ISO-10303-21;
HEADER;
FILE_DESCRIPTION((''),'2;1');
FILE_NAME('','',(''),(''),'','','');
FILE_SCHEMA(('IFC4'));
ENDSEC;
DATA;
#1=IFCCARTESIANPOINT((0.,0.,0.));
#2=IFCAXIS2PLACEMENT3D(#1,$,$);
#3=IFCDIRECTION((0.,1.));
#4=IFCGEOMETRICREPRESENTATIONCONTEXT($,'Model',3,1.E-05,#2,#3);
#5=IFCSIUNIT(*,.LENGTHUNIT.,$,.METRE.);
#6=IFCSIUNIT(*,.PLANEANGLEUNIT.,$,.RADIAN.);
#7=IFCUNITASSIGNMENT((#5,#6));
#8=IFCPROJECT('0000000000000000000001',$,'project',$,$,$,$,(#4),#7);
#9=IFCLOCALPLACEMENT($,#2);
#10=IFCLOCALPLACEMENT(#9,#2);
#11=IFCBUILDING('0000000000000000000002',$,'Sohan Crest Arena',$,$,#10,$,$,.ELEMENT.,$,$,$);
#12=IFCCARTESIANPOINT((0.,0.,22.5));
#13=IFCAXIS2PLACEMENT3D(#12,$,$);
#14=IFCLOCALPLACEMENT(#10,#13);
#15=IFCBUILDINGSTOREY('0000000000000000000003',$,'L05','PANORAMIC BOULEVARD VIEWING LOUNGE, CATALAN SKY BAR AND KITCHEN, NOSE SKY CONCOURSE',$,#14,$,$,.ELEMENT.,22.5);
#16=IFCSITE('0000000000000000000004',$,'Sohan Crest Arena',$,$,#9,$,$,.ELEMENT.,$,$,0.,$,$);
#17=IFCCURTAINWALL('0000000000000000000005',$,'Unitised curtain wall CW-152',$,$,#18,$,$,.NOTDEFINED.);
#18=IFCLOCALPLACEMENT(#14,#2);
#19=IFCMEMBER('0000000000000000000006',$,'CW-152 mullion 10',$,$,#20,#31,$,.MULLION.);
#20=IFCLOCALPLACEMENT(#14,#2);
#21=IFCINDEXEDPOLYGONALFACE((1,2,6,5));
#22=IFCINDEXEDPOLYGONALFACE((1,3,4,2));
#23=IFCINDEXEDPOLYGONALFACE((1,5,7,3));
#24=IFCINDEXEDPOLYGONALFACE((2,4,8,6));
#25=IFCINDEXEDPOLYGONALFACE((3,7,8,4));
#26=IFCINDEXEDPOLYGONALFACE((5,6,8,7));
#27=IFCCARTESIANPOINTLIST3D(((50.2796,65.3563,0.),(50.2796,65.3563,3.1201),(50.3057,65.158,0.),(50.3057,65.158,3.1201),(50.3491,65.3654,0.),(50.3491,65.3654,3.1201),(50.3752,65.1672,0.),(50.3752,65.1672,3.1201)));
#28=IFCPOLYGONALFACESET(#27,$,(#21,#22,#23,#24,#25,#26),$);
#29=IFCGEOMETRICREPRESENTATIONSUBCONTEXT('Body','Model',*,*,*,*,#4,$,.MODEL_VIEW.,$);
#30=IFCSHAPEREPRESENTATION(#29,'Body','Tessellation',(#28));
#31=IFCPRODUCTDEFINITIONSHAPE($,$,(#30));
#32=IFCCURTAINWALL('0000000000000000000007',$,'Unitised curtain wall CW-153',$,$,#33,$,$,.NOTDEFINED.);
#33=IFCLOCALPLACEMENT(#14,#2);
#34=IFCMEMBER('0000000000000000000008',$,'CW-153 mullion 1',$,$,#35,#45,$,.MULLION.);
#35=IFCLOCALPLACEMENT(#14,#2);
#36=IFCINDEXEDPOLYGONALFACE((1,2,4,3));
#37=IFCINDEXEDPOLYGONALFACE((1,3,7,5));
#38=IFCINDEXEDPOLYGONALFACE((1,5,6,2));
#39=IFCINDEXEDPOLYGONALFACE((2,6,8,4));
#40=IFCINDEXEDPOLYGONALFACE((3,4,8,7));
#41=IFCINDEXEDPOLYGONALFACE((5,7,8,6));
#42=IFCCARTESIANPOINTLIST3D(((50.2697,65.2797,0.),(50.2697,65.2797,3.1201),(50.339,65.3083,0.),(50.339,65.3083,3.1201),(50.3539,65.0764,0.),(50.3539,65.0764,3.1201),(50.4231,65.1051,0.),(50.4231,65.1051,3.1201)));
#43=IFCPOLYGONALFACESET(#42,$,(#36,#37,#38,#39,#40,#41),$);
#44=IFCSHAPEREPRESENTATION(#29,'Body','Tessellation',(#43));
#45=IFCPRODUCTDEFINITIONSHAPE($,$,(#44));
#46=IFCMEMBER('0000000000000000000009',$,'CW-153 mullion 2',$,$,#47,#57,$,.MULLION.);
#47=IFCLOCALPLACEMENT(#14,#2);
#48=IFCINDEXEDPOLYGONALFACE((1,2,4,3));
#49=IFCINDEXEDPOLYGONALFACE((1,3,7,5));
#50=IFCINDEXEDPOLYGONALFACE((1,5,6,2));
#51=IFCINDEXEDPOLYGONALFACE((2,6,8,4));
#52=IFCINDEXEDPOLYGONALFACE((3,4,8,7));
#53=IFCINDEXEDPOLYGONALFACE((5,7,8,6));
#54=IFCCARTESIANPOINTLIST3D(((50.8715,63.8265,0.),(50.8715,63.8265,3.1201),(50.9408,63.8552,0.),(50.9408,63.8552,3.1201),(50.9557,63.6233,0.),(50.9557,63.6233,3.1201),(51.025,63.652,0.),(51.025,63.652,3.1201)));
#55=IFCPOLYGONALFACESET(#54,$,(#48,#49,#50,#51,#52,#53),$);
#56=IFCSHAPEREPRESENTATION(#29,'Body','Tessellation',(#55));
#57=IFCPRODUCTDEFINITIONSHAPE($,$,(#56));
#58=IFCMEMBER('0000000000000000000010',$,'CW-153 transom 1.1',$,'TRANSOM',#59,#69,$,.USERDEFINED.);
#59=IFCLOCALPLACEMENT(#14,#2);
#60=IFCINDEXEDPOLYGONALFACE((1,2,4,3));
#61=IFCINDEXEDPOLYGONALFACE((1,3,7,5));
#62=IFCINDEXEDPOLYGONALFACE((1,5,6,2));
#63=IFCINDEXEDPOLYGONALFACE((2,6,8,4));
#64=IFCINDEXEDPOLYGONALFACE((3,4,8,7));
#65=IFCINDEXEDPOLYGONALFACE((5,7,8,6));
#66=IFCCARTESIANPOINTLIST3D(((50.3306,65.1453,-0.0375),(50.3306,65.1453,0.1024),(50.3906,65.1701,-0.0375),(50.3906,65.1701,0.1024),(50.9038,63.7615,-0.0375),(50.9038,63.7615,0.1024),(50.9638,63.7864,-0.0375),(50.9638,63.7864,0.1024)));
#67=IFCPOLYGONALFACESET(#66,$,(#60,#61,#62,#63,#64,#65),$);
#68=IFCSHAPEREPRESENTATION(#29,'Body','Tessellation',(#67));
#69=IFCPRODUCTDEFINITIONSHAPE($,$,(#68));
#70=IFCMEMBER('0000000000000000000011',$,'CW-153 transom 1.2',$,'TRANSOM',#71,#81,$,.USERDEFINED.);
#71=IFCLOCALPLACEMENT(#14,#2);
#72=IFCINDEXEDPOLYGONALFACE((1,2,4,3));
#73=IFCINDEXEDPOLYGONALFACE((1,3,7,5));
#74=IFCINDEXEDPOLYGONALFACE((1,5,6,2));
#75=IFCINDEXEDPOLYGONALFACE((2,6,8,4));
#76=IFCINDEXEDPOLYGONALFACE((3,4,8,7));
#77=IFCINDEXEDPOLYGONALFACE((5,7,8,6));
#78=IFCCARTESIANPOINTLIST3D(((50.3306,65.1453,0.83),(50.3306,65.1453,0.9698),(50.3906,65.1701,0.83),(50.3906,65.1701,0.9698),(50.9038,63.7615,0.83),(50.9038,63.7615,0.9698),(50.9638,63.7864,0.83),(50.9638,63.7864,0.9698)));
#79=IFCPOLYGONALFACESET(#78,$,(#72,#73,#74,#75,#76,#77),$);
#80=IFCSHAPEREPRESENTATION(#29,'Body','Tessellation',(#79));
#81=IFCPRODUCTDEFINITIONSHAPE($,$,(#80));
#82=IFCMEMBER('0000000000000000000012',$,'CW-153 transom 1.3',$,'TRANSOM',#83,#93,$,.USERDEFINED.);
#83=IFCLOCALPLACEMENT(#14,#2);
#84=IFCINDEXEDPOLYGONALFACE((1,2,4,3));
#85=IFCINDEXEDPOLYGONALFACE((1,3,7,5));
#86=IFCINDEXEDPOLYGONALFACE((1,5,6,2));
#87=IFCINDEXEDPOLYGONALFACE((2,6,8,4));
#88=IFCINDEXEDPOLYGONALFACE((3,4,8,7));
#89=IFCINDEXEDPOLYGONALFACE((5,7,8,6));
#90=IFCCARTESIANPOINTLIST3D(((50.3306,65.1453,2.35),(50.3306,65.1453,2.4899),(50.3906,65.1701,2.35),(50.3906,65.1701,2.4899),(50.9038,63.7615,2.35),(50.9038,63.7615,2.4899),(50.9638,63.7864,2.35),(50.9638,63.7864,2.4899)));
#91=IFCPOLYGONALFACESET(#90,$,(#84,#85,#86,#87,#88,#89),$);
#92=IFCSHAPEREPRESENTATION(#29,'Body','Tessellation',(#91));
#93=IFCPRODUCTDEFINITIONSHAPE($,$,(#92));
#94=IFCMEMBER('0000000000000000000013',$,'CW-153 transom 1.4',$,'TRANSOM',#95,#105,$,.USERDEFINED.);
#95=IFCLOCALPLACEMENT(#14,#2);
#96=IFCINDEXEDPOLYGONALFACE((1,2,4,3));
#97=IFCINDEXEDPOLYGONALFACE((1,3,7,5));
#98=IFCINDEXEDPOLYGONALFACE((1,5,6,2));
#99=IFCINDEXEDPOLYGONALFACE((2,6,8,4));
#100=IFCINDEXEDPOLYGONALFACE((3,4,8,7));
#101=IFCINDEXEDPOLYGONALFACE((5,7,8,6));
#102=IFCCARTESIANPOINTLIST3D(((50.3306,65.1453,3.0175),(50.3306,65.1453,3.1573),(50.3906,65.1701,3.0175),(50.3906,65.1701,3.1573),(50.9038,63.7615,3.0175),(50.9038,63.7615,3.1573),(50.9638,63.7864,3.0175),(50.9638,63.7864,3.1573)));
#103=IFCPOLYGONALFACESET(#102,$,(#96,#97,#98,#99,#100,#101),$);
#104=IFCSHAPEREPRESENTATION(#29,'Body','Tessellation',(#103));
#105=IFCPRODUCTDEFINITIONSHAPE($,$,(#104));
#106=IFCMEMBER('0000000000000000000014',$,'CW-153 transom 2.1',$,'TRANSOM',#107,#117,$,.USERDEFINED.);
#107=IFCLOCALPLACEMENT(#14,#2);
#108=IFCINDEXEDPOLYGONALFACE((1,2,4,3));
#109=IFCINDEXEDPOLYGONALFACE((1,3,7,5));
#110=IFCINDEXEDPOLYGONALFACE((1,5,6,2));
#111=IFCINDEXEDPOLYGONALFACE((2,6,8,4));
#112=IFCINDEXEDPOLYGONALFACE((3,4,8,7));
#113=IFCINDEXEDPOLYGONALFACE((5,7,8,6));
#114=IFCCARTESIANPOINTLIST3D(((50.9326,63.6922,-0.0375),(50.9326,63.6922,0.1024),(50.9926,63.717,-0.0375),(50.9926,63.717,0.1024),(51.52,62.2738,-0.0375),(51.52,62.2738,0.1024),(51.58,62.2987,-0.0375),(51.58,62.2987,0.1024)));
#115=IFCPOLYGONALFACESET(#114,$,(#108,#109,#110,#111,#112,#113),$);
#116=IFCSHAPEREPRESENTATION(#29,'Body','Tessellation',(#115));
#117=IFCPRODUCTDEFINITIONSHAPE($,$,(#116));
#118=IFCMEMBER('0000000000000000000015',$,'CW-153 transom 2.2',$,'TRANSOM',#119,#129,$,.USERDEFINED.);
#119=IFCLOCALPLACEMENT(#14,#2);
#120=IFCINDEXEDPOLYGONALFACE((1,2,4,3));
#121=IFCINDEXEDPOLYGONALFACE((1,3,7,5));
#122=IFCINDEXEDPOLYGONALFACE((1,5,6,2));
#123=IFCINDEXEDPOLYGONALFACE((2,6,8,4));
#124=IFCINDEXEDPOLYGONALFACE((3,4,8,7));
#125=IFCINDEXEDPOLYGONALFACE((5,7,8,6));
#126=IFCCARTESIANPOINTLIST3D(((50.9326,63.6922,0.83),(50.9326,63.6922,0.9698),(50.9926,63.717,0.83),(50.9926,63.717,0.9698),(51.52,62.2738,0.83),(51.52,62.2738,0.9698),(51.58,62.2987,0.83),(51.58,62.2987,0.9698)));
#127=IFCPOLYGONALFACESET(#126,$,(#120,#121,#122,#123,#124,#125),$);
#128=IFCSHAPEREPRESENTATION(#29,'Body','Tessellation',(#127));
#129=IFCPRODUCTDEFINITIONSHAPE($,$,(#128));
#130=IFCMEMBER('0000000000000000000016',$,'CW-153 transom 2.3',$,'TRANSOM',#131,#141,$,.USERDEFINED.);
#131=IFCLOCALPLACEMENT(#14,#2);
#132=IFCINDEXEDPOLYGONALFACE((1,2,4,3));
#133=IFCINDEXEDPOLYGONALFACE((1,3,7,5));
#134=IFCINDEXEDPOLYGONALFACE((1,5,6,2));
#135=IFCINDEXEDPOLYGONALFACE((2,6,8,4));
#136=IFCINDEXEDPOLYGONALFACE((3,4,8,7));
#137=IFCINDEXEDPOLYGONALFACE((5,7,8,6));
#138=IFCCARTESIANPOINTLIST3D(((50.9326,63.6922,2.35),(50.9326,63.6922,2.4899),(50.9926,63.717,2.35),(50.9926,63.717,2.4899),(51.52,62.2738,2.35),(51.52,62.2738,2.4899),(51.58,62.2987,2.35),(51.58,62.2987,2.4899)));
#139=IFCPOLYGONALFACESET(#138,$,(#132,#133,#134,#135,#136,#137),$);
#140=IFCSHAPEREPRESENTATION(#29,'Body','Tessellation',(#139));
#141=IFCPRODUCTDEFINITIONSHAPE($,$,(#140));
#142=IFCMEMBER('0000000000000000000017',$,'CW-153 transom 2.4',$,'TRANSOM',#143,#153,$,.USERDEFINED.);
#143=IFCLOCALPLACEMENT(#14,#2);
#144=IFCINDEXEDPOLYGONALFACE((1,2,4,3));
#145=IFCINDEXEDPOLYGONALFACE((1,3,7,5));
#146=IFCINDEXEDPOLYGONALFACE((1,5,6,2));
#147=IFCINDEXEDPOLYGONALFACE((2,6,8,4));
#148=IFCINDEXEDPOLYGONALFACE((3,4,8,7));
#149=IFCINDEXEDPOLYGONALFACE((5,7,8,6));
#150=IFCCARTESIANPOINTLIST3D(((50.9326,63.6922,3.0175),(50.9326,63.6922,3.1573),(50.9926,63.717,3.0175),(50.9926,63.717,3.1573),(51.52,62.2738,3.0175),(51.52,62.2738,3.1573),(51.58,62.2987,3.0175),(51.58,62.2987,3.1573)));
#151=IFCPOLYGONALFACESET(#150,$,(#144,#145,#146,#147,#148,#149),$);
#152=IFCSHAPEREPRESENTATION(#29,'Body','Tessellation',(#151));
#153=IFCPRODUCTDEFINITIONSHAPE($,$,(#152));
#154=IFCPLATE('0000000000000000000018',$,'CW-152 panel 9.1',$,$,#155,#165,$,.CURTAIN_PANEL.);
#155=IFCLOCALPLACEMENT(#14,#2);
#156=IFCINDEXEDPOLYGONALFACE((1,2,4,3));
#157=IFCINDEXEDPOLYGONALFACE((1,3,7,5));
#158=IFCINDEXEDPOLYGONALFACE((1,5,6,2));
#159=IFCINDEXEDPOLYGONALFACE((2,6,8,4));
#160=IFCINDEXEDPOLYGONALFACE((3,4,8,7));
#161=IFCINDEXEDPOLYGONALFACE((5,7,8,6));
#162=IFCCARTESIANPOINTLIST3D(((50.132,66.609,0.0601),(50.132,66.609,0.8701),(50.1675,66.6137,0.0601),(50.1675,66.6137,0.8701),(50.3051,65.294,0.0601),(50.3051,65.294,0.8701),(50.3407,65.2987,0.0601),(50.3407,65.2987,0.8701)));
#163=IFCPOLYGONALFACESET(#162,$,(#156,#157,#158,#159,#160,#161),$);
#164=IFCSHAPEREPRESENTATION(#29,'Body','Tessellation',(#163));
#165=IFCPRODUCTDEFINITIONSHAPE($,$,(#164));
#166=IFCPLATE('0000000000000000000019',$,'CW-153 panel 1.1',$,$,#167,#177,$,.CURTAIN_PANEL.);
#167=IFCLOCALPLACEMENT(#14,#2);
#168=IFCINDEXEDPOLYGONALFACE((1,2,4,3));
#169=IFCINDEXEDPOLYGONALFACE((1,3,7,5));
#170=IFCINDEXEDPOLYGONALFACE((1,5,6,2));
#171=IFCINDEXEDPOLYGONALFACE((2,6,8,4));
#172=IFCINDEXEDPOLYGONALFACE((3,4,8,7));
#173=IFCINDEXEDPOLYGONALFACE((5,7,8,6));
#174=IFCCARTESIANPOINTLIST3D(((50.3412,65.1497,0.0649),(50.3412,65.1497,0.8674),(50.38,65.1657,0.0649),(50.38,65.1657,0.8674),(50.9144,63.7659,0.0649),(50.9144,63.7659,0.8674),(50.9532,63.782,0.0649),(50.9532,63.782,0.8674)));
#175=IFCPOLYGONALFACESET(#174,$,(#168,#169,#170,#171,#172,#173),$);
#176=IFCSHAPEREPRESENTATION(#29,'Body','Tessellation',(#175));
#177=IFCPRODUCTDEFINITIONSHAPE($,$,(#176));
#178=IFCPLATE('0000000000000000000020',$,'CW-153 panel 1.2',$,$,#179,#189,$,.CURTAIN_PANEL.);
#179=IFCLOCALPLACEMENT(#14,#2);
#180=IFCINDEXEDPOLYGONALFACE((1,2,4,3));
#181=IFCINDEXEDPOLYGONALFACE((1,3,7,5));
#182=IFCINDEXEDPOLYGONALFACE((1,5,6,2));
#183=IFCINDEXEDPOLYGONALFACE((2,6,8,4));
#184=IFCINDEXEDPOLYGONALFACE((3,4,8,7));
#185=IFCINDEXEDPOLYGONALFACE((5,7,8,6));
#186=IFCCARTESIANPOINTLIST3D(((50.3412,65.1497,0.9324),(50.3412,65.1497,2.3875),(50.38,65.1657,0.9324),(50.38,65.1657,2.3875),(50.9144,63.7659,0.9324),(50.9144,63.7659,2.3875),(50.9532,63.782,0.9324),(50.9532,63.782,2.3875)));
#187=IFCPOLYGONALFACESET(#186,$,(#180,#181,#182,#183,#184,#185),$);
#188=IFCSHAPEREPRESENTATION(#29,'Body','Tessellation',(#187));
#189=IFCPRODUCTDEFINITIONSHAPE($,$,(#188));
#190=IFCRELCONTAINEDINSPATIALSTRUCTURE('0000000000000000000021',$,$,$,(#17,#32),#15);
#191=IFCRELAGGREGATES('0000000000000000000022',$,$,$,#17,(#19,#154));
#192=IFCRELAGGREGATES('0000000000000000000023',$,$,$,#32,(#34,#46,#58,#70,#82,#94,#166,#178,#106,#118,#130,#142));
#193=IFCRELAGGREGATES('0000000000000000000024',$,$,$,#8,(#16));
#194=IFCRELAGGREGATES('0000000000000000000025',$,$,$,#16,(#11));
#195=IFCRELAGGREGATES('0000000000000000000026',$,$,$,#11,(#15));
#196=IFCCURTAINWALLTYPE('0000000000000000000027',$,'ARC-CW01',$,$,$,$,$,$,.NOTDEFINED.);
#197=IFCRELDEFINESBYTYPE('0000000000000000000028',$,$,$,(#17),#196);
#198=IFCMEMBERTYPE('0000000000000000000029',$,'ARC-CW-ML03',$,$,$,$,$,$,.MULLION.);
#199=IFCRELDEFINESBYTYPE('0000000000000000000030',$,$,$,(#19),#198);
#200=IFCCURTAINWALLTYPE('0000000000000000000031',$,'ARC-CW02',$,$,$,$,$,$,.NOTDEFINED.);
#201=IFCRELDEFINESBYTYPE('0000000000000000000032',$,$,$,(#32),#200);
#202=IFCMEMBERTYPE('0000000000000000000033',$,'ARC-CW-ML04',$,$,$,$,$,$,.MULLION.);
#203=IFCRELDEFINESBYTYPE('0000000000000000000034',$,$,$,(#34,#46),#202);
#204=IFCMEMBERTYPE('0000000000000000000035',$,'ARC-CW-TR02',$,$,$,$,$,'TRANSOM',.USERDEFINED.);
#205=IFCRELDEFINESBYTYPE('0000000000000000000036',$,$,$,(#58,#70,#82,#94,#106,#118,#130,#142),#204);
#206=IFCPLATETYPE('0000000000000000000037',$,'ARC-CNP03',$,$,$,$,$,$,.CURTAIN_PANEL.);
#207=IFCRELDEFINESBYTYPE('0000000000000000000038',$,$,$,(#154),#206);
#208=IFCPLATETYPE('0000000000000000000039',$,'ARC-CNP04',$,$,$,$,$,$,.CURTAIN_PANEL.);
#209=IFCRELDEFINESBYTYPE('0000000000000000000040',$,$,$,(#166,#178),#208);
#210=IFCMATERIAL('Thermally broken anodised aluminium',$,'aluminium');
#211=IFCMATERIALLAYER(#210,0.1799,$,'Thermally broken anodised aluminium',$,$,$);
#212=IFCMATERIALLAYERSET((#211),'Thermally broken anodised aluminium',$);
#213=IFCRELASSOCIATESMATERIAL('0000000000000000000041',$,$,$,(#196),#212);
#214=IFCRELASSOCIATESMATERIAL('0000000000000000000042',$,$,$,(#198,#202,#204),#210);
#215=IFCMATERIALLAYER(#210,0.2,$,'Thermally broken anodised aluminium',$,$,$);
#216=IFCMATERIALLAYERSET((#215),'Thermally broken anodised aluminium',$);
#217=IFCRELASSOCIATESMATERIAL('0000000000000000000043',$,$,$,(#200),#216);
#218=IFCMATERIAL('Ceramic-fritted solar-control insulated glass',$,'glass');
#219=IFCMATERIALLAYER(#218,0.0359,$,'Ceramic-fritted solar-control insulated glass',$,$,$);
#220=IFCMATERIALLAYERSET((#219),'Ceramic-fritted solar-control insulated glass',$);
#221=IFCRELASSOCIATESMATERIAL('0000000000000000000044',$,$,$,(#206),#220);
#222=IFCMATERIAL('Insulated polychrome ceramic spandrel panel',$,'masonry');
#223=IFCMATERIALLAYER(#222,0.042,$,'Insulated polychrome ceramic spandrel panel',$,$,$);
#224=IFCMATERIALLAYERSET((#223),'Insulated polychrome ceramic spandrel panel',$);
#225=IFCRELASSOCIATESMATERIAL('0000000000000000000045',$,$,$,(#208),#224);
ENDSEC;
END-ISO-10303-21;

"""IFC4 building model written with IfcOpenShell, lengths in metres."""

from ifc_helpers import new_model, si_unit, direction, frame, origin, origin_2d, place, context, subcontext, project, spatial, rectangle, extrude, material, layer, layer_set, material_profile, profile_set, type_object, element, aggregate, save


model = new_model("IFC4")

# Units and contexts
model_context = context("Model", 3, precision=1e-05, world=origin(), true_north=direction((0.0, 1.0)))
body_context = subcontext(model_context, "Body", "Model", "MODEL_VIEW")
ifc_project = project(units=[si_unit("LENGTHUNIT", "METRE"), si_unit("PLANEANGLEUNIT", "RADIAN")], contexts=[model_context])

# Site, building, storey
site_placement = place(None, origin())
site = spatial("IfcSite", under=ifc_project, at=site_placement, Name="Sohan Crest Arena", CompositionType="ELEMENT", RefElevation=0.0)
building_placement = place(site_placement, origin())
building = spatial("IfcBuilding", under=site, at=building_placement, Name="Sohan Crest Arena", CompositionType="ELEMENT")
storey_placement = place(building_placement, frame((0.0, 0.0, 22.5)))
storey = spatial("IfcBuildingStorey", under=building, at=storey_placement, Name="L05", Description="PANORAMIC BOULEVARD VIEWING LOUNGE, CATALAN SKY BAR AND KITCHEN, NOSE SKY CONCOURSE", CompositionType="ELEMENT", Elevation=22.5)

# Curtain wall, member
ifc_material_1 = material(Name="Thermally broken anodised aluminium", Category="aluminium")
ifc_layer_1 = layer(ifc_material_1, 0.1799, Name="Thermally broken anodised aluminium")
ifc_layer_set_1 = layer_set([ifc_layer_1], Name="Thermally broken anodised aluminium")
curtain_wall_type_1 = type_object("IfcCurtainWallType", Name="ARC-CW01", PredefinedType="NOTDEFINED", material=ifc_layer_set_1)
curtain_wall_1_placement = place(storey_placement, origin())
curtain_wall_1 = element("IfcCurtainWall", 1, at=curtain_wall_1_placement, inside=storey, type_object=curtain_wall_type_1, Name="Unitised curtain wall CW-152", PredefinedType="NOTDEFINED")
ifc_material_profile_1 = material_profile(ifc_material_1, rectangle(XDim=0.0701, YDim=0.2, at=origin_2d()), Name="ALU-MULL 70x200")
ifc_profile_set_1 = profile_set([ifc_material_profile_1], Name="Thermally broken anodised aluminium")
member_type_1 = type_object("IfcMemberType", Name="ARC-CW-ML03", PredefinedType="MULLION", material=ifc_profile_set_1)
member_1_placement = place(storey_placement, frame((50.3274, 65.2617, 0.0), z_axis=(0.0, 0.0, 1.0), x_axis=(0.991441, 0.130557, 0.0)))
member_1 = element("IfcMember", 2, at=member_1_placement, type_object=member_type_1, Name="CW-152 mullion 10", PredefinedType="MULLION", context=body_context, shape_type="SweptSolid", body=[
    extrude(rectangle(XDim=0.0701, YDim=0.2, at=origin_2d()), origin(), (0.0, 0.0, 1.0), 3.1201),
])

# Curtain wall, members
ifc_layer_2 = layer(ifc_material_1, 0.2, Name="Thermally broken anodised aluminium")
ifc_layer_set_2 = layer_set([ifc_layer_2], Name="Thermally broken anodised aluminium")
curtain_wall_type_2 = type_object("IfcCurtainWallType", Name="ARC-CW02", PredefinedType="NOTDEFINED", material=ifc_layer_set_2)
curtain_wall_2_placement = place(storey_placement, origin())
curtain_wall_2 = element("IfcCurtainWall", 3, at=curtain_wall_2_placement, inside=storey, type_object=curtain_wall_type_2, Name="Unitised curtain wall CW-153", PredefinedType="NOTDEFINED")
ifc_material_profile_2 = material_profile(ifc_material_1, rectangle(XDim=0.075, YDim=0.22, at=origin_2d()), Name="ALU-MULL 75x220")
ifc_profile_set_2 = profile_set([ifc_material_profile_2], Name="Thermally broken anodised aluminium")
member_type_2 = type_object("IfcMemberType", Name="ARC-CW-ML04", PredefinedType="MULLION", material=ifc_profile_set_2)
member_2_placement = place(storey_placement, frame((50.3464, 65.1924, 0.0), z_axis=(0.0, 0.0, 1.0), x_axis=(0.923879, 0.382685, 0.0)))
member_2 = element("IfcMember", 4, at=member_2_placement, type_object=member_type_2, Name="CW-153 mullion 1", PredefinedType="MULLION", context=body_context, shape_type="SweptSolid", body=[
    extrude(rectangle(XDim=0.075, YDim=0.22, at=origin_2d()), origin(), (0.0, 0.0, 1.0), 3.1201),
])
member_3_placement = place(storey_placement, frame((50.9482, 63.7393, 0.0), z_axis=(0.0, 0.0, 1.0), x_axis=(0.923879, 0.382685, 0.0)))
member_3 = element("IfcMember", 5, at=member_3_placement, type_object=member_type_2, Name="CW-153 mullion 2", PredefinedType="MULLION", context=body_context, shape_type="SweptSolid", body=[
    extrude(rectangle(XDim=0.075, YDim=0.22, at=origin_2d()), origin(), (0.0, 0.0, 1.0), 3.1201),
])
ifc_material_profile_3 = material_profile(ifc_material_1, rectangle(XDim=0.0649, YDim=0.1399, at=origin_2d()), Name="ALU-TRAN 65x140")
ifc_profile_set_3 = profile_set([ifc_material_profile_3], Name="Thermally broken anodised aluminium")
member_type_3 = type_object("IfcMemberType", Name="ARC-CW-TR02", ElementType="TRANSOM", PredefinedType="USERDEFINED", material=ifc_profile_set_3)
member_4_placement = place(storey_placement, frame((50.3606, 65.1577, 0.0325), z_axis=(0.382716, -0.923866, 0.0), x_axis=(0.923866, 0.382716, 0.0)))
member_4 = element("IfcMember", 6, at=member_4_placement, type_object=member_type_3, Name="CW-153 transom 1.1", ObjectType="TRANSOM", PredefinedType="USERDEFINED", context=body_context, shape_type="SweptSolid", body=[
    extrude(rectangle(XDim=0.0649, YDim=0.1399, at=origin_2d()), origin(), (0.0, 0.0, 1.0), 1.4978),
])
member_5_placement = place(storey_placement, frame((50.3606, 65.1577, 0.8999), z_axis=(0.382716, -0.923866, 0.0), x_axis=(0.923866, 0.382716, 0.0)))
member_5 = element("IfcMember", 7, at=member_5_placement, type_object=member_type_3, Name="CW-153 transom 1.2", ObjectType="TRANSOM", PredefinedType="USERDEFINED", context=body_context, shape_type="SweptSolid", body=[
    extrude(rectangle(XDim=0.0649, YDim=0.1399, at=origin_2d()), origin(), (0.0, 0.0, 1.0), 1.4978),
])
member_6_placement = place(storey_placement, frame((50.3606, 65.1577, 2.4199), z_axis=(0.382716, -0.923866, 0.0), x_axis=(0.923866, 0.382716, 0.0)))
member_6 = element("IfcMember", 8, at=member_6_placement, type_object=member_type_3, Name="CW-153 transom 1.3", ObjectType="TRANSOM", PredefinedType="USERDEFINED", context=body_context, shape_type="SweptSolid", body=[
    extrude(rectangle(XDim=0.0649, YDim=0.1399, at=origin_2d()), origin(), (0.0, 0.0, 1.0), 1.4978),
])
member_7_placement = place(storey_placement, frame((50.3606, 65.1577, 3.0874), z_axis=(0.382716, -0.923866, 0.0), x_axis=(0.923866, 0.382716, 0.0)))
member_7 = element("IfcMember", 9, at=member_7_placement, type_object=member_type_3, Name="CW-153 transom 1.4", ObjectType="TRANSOM", PredefinedType="USERDEFINED", context=body_context, shape_type="SweptSolid", body=[
    extrude(rectangle(XDim=0.0649, YDim=0.1399, at=origin_2d()), origin(), (0.0, 0.0, 1.0), 1.4978),
])
member_8_placement = place(storey_placement, frame((50.9626, 63.7046, 0.0325), z_axis=(0.382605, -0.923912, 0.0), x_axis=(0.923912, 0.382605, 0.0)))
member_8 = element("IfcMember", 10, at=member_8_placement, type_object=member_type_3, Name="CW-153 transom 2.1", ObjectType="TRANSOM", PredefinedType="USERDEFINED", context=body_context, shape_type="SweptSolid", body=[
    extrude(rectangle(XDim=0.0649, YDim=0.1399, at=origin_2d()), origin(), (0.0, 0.0, 1.0), 1.5352),
])
member_9_placement = place(storey_placement, frame((50.9626, 63.7046, 0.8999), z_axis=(0.382605, -0.923912, 0.0), x_axis=(0.923912, 0.382605, 0.0)))
member_9 = element("IfcMember", 11, at=member_9_placement, type_object=member_type_3, Name="CW-153 transom 2.2", ObjectType="TRANSOM", PredefinedType="USERDEFINED", context=body_context, shape_type="SweptSolid", body=[
    extrude(rectangle(XDim=0.0649, YDim=0.1399, at=origin_2d()), origin(), (0.0, 0.0, 1.0), 1.5352),
])
member_10_placement = place(storey_placement, frame((50.9626, 63.7046, 2.4199), z_axis=(0.382605, -0.923912, 0.0), x_axis=(0.923912, 0.382605, 0.0)))
member_10 = element("IfcMember", 12, at=member_10_placement, type_object=member_type_3, Name="CW-153 transom 2.3", ObjectType="TRANSOM", PredefinedType="USERDEFINED", context=body_context, shape_type="SweptSolid", body=[
    extrude(rectangle(XDim=0.0649, YDim=0.1399, at=origin_2d()), origin(), (0.0, 0.0, 1.0), 1.5352),
])
member_11_placement = place(storey_placement, frame((50.9626, 63.7046, 3.0874), z_axis=(0.382605, -0.923912, 0.0), x_axis=(0.923912, 0.382605, 0.0)))
member_11 = element("IfcMember", 13, at=member_11_placement, type_object=member_type_3, Name="CW-153 transom 2.4", ObjectType="TRANSOM", PredefinedType="USERDEFINED", context=body_context, shape_type="SweptSolid", body=[
    extrude(rectangle(XDim=0.0649, YDim=0.1399, at=origin_2d()), origin(), (0.0, 0.0, 1.0), 1.5352),
])

# Plates
ifc_material_2 = material(Name="Ceramic-fritted solar-control insulated glass", Category="glass")
ifc_layer_3 = layer(ifc_material_2, 0.0359, Name="Ceramic-fritted solar-control insulated glass")
ifc_layer_set_3 = layer_set([ifc_layer_3], Name="Ceramic-fritted solar-control insulated glass")
plate_type_1 = type_object("IfcPlateType", Name="ARC-CNP03", PredefinedType="CURTAIN_PANEL", material=ifc_layer_set_3)
plate_1_placement = place(storey_placement, frame((50.2363, 65.9539, 0.0601), z_axis=(0.0, 0.0, 1.0), x_axis=(0.130557, -0.991441, 0.0)))
plate_1 = element("IfcPlate", 14, at=plate_1_placement, type_object=plate_type_1, Name="CW-152 panel 9.1", PredefinedType="CURTAIN_PANEL", context=body_context, shape_type="SweptSolid", body=[
    extrude(rectangle(XDim=1.3264, YDim=0.0359, at=origin_2d()), origin(), (0.0, 0.0, 1.0), 0.8101),
])
aggregate(curtain_wall_1, [member_1, plate_1])
ifc_material_3 = material(Name="Insulated polychrome ceramic spandrel panel", Category="masonry")
ifc_layer_4 = layer(ifc_material_3, 0.042, Name="Insulated polychrome ceramic spandrel panel")
ifc_layer_set_4 = layer_set([ifc_layer_4], Name="Insulated polychrome ceramic spandrel panel")
plate_type_2 = type_object("IfcPlateType", Name="ARC-CNP04", PredefinedType="CURTAIN_PANEL", material=ifc_layer_set_4)
plate_2_placement = place(storey_placement, frame((50.6472, 64.4658, 0.0649), z_axis=(0.0, 0.0, 1.0), x_axis=(0.382685, -0.923879, 0.0)))
plate_2 = element("IfcPlate", 15, at=plate_2_placement, type_object=plate_type_2, Name="CW-153 panel 1.1", PredefinedType="CURTAIN_PANEL", context=body_context, shape_type="SweptSolid", body=[
    extrude(rectangle(XDim=1.4978, YDim=0.042, at=origin_2d()), origin(), (0.0, 0.0, 1.0), 0.8025),
])
plate_3_placement = place(storey_placement, frame((50.6472, 64.4658, 0.9324), z_axis=(0.0, 0.0, 1.0), x_axis=(0.382685, -0.923879, 0.0)))
plate_3 = element("IfcPlate", 16, at=plate_3_placement, type_object=plate_type_2, Name="CW-153 panel 1.2", PredefinedType="CURTAIN_PANEL", context=body_context, shape_type="SweptSolid", body=[
    extrude(rectangle(XDim=1.4978, YDim=0.042, at=origin_2d()), origin(), (0.0, 0.0, 1.0), 1.4551),
])
aggregate(curtain_wall_2, [member_2, member_3, member_4, member_5, member_6, member_7, plate_2, plate_3, member_8, member_9, member_10, member_11])

save(model, "model.ifc")
